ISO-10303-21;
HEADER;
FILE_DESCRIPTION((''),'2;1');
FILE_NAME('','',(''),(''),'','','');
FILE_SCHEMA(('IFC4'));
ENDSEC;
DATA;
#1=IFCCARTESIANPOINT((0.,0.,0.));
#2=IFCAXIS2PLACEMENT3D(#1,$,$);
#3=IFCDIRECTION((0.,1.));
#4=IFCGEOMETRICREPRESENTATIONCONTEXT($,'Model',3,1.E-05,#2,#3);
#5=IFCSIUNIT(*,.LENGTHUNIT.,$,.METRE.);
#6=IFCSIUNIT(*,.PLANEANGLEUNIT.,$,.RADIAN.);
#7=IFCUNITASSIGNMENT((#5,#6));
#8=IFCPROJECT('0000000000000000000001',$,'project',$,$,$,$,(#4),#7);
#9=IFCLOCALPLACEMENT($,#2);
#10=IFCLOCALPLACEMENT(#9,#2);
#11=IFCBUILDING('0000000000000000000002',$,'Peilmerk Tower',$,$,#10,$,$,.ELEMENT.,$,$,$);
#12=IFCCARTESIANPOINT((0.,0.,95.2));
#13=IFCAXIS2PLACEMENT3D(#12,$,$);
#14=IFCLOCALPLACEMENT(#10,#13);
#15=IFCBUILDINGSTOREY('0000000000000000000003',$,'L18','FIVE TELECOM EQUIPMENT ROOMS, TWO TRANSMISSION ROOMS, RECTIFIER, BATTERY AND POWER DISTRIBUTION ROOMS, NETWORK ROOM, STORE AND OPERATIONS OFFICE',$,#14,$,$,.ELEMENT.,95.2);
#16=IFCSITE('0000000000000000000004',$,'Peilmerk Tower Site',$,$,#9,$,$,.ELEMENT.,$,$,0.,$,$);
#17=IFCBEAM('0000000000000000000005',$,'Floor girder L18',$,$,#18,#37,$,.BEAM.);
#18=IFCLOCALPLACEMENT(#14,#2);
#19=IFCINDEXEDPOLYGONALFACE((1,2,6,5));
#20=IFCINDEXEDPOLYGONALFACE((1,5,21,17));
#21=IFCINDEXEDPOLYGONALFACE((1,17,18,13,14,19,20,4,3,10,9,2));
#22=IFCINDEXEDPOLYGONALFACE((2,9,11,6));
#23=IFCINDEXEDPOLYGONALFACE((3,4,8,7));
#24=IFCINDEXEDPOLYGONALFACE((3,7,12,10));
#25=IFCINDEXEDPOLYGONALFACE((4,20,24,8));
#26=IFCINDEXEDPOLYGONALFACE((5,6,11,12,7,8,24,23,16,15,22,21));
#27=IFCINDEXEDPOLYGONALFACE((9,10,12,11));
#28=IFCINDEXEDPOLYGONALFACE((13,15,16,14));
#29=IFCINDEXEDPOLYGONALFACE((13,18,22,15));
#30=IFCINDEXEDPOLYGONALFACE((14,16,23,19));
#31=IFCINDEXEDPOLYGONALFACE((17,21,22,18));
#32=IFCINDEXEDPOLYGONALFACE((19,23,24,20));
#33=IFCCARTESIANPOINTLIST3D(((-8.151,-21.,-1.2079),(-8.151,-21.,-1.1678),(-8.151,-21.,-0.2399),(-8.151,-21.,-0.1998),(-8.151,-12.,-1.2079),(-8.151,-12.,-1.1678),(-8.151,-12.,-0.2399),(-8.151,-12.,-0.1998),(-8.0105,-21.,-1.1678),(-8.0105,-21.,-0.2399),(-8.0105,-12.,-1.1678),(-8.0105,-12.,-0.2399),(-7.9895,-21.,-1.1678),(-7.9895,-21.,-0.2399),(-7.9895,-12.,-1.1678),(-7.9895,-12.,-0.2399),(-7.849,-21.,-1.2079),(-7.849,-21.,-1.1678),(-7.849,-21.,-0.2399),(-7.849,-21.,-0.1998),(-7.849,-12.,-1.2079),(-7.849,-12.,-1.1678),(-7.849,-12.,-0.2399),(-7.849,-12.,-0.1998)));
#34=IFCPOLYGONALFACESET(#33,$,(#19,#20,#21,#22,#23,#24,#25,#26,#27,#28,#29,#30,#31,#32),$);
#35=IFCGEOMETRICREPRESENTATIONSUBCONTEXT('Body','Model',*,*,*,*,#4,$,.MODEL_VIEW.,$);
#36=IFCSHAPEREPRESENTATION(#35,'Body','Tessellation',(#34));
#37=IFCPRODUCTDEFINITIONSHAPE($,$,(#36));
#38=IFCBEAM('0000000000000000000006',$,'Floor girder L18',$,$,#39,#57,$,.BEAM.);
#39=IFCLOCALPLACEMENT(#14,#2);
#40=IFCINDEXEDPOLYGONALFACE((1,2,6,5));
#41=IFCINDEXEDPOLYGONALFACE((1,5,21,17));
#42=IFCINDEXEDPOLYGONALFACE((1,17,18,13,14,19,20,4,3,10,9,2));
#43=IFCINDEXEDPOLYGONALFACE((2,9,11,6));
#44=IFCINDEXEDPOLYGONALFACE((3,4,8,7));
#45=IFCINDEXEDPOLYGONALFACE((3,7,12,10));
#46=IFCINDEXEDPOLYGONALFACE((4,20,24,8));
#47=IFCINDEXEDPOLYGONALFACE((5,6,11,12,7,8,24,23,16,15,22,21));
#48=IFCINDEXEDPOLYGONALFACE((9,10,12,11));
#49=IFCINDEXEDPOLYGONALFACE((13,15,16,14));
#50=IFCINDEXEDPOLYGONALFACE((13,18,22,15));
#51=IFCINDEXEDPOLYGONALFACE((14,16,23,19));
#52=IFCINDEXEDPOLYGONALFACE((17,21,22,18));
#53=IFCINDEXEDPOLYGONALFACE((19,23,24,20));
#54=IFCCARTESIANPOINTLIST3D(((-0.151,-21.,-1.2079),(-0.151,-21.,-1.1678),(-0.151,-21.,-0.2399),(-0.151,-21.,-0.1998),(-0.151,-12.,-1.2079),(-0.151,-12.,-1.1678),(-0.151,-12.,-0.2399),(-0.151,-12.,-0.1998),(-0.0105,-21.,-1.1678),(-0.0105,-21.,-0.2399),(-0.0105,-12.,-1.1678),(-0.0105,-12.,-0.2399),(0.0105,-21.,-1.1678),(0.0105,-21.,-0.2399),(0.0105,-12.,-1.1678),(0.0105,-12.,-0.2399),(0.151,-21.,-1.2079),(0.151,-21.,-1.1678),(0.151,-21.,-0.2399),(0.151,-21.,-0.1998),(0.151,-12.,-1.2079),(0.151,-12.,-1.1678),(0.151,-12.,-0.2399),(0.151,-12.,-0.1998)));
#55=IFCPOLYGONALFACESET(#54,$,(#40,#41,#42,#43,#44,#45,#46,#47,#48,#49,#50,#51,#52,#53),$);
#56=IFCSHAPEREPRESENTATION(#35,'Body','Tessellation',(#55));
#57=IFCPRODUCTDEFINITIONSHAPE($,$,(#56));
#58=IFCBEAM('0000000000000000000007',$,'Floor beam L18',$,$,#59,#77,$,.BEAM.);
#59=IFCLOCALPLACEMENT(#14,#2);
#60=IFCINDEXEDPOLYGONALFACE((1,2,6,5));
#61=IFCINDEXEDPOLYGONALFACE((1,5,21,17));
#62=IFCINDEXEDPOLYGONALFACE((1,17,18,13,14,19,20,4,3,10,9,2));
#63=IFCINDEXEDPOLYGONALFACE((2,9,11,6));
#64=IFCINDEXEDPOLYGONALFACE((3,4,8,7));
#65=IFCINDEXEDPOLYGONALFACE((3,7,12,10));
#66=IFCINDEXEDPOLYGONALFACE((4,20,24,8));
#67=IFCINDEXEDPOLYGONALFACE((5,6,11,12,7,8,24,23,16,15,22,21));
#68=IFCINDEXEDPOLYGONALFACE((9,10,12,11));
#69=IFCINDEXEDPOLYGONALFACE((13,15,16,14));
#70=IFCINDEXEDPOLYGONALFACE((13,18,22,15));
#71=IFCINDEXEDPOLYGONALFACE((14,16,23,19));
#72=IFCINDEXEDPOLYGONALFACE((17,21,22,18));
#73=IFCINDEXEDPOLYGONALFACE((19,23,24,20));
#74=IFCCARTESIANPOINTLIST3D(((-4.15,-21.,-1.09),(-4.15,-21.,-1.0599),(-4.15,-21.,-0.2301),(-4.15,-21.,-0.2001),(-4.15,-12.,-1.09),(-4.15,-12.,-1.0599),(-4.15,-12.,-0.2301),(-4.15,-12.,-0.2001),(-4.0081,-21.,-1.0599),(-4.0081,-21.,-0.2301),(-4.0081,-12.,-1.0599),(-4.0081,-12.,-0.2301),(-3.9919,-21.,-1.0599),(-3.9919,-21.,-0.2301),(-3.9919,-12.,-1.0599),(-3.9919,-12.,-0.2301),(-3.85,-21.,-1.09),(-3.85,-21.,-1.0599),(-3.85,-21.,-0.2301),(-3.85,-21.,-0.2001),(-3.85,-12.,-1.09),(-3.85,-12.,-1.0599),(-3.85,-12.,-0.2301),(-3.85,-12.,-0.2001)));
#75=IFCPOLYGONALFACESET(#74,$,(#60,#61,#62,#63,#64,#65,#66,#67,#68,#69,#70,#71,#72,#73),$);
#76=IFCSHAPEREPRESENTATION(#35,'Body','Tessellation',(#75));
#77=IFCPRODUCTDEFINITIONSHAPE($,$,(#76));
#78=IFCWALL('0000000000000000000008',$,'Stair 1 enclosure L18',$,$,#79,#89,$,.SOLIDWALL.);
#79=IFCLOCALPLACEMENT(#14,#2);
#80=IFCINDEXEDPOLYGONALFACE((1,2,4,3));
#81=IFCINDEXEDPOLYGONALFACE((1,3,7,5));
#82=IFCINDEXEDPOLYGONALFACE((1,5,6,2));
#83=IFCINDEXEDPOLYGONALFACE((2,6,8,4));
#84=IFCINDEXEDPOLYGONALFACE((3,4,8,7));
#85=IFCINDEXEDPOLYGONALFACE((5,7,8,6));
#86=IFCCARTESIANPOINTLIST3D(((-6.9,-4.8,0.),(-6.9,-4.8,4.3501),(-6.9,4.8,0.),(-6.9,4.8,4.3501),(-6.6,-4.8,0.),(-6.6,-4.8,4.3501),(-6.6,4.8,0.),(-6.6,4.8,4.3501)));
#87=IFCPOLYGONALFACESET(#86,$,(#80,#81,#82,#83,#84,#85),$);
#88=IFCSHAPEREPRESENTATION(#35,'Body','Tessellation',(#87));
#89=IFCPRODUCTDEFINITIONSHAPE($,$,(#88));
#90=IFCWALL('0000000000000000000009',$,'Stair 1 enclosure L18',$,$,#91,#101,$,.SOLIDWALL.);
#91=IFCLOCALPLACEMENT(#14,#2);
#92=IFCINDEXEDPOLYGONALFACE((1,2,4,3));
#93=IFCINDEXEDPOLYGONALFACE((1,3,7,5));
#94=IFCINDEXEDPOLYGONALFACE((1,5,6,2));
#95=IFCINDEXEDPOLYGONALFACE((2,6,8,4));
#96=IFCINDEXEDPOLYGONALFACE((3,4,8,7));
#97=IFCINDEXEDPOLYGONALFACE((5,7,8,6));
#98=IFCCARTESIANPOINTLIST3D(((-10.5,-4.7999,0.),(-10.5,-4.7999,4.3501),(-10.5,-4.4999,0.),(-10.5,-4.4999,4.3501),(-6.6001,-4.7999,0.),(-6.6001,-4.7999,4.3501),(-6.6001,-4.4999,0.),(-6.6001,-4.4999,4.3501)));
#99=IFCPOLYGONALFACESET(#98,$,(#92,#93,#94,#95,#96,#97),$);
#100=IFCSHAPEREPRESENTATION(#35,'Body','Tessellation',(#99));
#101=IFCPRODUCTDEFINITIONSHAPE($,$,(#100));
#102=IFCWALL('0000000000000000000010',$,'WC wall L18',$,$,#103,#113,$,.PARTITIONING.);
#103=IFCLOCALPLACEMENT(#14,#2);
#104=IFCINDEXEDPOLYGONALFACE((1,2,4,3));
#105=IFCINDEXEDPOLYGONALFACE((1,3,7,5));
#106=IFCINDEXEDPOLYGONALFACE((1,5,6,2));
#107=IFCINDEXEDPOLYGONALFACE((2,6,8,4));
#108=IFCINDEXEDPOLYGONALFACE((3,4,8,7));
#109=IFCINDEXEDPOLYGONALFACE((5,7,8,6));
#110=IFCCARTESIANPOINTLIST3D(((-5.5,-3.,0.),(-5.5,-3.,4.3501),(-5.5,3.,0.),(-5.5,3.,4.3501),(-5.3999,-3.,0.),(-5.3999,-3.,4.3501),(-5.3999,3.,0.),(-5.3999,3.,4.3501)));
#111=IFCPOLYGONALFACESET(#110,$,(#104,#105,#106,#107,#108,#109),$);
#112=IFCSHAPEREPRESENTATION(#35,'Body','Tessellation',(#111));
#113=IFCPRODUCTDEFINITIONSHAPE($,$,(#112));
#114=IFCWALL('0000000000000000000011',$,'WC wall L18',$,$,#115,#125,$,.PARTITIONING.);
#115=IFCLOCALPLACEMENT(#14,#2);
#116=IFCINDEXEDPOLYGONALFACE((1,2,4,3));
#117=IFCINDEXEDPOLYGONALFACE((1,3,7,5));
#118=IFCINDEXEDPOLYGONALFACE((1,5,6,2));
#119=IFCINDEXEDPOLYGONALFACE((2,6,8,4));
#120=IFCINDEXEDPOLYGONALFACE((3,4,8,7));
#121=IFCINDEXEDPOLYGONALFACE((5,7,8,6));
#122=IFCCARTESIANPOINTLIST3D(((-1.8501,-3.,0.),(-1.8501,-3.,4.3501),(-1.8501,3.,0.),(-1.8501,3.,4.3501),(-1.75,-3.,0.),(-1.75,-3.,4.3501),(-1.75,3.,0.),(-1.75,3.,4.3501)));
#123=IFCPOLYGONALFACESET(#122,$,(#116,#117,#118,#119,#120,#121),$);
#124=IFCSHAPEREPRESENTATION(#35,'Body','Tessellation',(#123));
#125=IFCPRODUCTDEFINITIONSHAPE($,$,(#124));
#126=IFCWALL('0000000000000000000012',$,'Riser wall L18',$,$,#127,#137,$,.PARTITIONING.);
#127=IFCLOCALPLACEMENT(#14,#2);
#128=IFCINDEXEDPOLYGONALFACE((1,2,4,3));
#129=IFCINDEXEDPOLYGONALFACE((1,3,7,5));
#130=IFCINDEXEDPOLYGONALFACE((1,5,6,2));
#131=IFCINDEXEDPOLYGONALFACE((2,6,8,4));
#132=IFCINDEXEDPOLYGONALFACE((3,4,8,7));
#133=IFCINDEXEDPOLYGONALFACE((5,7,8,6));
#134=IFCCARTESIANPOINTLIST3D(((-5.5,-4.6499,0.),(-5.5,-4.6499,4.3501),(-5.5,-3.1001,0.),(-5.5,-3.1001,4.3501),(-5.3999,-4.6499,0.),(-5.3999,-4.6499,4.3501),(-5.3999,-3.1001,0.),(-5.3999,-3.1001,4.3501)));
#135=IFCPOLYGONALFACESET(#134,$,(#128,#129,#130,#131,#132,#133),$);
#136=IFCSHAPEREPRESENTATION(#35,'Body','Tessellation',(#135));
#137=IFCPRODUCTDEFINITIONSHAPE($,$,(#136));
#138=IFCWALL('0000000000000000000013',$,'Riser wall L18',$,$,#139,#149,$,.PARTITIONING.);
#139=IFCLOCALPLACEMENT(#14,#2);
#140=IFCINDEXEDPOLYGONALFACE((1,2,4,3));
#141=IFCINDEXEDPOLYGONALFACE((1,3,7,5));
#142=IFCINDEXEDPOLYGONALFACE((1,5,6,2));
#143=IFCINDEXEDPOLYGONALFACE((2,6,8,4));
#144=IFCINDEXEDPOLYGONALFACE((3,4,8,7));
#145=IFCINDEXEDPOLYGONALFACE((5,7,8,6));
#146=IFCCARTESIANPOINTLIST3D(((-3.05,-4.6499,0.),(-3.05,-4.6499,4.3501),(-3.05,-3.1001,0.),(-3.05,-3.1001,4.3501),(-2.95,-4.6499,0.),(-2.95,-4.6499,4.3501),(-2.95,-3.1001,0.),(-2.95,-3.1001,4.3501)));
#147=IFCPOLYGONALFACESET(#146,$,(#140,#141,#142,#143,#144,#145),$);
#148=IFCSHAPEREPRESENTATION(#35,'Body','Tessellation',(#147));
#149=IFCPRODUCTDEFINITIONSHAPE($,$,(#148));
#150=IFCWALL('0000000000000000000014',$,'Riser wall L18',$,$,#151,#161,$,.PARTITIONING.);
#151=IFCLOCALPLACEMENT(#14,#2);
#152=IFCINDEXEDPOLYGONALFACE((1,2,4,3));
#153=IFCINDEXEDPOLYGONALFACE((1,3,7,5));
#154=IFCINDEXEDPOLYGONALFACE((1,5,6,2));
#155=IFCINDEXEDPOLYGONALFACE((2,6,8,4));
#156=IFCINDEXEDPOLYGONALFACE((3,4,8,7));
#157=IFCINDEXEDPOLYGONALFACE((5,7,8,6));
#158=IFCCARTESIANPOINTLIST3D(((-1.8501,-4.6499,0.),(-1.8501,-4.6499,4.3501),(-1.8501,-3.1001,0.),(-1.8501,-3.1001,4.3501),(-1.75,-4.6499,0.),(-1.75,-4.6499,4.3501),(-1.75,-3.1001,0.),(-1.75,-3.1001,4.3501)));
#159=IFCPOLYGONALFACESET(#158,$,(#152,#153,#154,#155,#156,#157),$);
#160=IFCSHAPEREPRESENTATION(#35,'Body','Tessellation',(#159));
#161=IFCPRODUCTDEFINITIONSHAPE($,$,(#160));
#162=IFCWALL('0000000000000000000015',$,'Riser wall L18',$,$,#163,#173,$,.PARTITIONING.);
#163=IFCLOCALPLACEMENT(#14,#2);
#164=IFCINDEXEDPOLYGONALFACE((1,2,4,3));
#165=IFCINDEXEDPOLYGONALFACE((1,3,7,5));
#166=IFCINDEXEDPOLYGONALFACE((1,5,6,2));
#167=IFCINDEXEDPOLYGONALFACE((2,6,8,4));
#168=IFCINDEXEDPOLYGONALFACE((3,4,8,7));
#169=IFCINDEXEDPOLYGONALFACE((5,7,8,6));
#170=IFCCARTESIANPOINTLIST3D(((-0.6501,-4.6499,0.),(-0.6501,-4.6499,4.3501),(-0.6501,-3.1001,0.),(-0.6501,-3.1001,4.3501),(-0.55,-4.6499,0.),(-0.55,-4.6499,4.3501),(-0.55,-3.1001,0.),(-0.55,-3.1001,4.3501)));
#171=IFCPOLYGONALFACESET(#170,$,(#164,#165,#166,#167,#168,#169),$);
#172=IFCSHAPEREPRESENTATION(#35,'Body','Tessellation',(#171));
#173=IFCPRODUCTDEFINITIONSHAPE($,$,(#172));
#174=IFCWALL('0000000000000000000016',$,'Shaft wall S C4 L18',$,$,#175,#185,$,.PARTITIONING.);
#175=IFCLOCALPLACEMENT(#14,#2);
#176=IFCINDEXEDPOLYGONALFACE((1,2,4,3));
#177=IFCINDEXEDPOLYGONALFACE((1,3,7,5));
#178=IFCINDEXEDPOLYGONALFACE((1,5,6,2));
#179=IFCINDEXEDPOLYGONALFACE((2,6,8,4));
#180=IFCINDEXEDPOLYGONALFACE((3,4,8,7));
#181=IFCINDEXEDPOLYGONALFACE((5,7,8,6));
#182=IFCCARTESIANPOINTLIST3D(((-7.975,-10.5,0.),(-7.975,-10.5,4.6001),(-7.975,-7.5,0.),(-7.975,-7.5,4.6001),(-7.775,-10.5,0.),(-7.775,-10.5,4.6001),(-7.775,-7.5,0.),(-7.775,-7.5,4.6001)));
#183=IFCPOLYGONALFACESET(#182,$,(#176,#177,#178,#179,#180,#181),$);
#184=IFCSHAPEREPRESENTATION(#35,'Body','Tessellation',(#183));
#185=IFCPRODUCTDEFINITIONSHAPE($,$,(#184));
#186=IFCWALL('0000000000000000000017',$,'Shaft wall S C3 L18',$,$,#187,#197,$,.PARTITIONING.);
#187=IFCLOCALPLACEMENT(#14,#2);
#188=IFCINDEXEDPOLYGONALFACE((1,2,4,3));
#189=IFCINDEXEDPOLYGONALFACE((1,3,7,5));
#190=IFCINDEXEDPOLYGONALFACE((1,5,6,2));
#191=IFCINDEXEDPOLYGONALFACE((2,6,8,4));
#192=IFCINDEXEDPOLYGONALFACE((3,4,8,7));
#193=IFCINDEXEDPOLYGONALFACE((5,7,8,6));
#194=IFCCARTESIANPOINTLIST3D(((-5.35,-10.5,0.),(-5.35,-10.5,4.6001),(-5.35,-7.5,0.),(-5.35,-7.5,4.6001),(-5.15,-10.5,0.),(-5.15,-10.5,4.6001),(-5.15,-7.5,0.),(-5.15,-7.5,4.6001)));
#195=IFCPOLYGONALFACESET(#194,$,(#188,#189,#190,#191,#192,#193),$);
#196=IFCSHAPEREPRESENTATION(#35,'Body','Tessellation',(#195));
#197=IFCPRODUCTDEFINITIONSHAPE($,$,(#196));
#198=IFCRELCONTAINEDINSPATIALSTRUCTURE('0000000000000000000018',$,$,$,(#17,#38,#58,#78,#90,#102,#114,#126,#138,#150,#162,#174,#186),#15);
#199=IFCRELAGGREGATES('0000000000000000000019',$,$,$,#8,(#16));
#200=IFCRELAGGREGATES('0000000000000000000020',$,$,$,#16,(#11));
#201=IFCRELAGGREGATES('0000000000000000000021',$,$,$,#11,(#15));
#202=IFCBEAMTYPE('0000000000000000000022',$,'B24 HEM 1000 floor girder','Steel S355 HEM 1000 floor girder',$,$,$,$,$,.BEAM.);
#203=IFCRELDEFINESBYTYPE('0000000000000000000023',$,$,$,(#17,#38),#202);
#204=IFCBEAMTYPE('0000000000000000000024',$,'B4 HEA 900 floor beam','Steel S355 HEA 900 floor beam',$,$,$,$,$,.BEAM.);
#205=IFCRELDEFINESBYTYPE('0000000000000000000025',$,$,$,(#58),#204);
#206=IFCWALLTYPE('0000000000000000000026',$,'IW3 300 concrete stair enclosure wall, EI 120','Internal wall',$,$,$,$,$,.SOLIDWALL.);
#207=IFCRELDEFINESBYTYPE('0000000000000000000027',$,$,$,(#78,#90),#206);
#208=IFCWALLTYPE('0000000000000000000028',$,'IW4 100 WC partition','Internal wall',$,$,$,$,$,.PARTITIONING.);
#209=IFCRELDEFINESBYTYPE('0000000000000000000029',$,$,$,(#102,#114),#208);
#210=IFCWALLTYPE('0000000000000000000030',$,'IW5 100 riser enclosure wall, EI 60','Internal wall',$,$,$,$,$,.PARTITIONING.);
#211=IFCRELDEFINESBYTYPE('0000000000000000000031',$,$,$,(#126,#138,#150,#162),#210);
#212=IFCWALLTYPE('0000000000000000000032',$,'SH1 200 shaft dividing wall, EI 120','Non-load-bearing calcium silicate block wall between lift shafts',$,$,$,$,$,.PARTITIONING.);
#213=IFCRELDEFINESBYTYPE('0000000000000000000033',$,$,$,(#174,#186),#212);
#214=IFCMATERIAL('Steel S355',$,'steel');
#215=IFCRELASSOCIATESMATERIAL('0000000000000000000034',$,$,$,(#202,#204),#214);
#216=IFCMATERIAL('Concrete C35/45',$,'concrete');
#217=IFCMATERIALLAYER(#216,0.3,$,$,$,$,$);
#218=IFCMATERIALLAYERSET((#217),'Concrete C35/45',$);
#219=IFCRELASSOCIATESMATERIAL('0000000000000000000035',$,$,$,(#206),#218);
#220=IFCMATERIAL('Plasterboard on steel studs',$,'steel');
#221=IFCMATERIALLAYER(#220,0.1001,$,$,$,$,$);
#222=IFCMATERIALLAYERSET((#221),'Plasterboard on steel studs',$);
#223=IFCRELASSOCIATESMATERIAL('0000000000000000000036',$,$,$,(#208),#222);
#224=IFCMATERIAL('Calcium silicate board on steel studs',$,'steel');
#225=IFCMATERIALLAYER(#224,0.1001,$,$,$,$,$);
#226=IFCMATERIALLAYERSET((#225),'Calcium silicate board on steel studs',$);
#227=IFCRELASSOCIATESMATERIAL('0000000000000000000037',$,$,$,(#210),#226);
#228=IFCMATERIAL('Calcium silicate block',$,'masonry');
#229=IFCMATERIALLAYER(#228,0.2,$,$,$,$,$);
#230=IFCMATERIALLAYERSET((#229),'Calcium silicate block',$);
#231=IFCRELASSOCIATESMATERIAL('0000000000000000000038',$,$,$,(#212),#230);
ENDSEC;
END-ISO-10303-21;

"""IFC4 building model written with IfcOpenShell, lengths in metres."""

from ifc_helpers import new_model, si_unit, direction, frame, frame_2d, origin, origin_2d, place, context, subcontext, project, spatial, rectangle, i_section, extrude, material, layer, layer_set, material_profile, profile_set, type_object, element, save


model = new_model("IFC4")

# Units and contexts
model_context = context("Model", 3, precision=1e-05, world=origin(), true_north=direction((0.0, 1.0)))
body_context = subcontext(model_context, "Body", "Model", "MODEL_VIEW")
ifc_project = project(units=[si_unit("LENGTHUNIT", "METRE"), si_unit("PLANEANGLEUNIT", "RADIAN")], contexts=[model_context])

# Site, building, storey
site_placement = place(None, origin())
site = spatial("IfcSite", under=ifc_project, at=site_placement, Name="Peilmerk Tower Site", CompositionType="ELEMENT", RefElevation=0.0)
building_placement = place(site_placement, origin())
building = spatial("IfcBuilding", under=site, at=building_placement, Name="Peilmerk Tower", CompositionType="ELEMENT")
storey_placement = place(building_placement, frame((0.0, 0.0, 95.2)))
storey = spatial("IfcBuildingStorey", under=building, at=storey_placement, Name="L18", Description="FIVE TELECOM EQUIPMENT ROOMS, TWO TRANSMISSION ROOMS, RECTIFIER, BATTERY AND POWER DISTRIBUTION ROOMS, NETWORK ROOM, STORE AND OPERATIONS OFFICE", CompositionType="ELEMENT", Elevation=95.2)

# Beams
ifc_material_1 = material(Name="Steel S355", Category="steel")
ifc_material_profile_1 = material_profile(ifc_material_1, i_section(OverallWidth=0.302, OverallDepth=1.0081, WebThickness=0.021, FlangeThickness=0.04, at=origin_2d()), Name="HEM 1000")
ifc_profile_set_1 = profile_set([ifc_material_profile_1], Name="Steel S355")
beam_type_1 = type_object("IfcBeamType", Name="B24 HEM 1000 floor girder", Description="Steel S355 HEM 1000 floor girder", PredefinedType="BEAM", material=ifc_profile_set_1)
for number, where, z_axis, x_axis, name in (
    (1, (-8.0, -12.0, -0.7039), (0.0, -1.0, 0.0), (1.0, 0.0, 0.0), "Floor girder L18"),
    (2, (0.0, -12.0, -0.7039), (0.0, -1.0, 0.0), (1.0, 0.0, 0.0), "Floor girder L18"),
):
    element("IfcBeam", number, at=place(storey_placement, frame(where, z_axis=z_axis, x_axis=x_axis)), inside=storey, type_object=beam_type_1, Name=name, PredefinedType="BEAM", context=body_context, shape_type="SweptSolid", body=[
        extrude(i_section(OverallWidth=0.302, OverallDepth=1.0081, WebThickness=0.021, FlangeThickness=0.04, at=origin_2d()), origin(), (0.0, 0.0, 1.0), 9.0),
    ])
ifc_material_profile_2 = material_profile(ifc_material_1, i_section(OverallWidth=0.3, OverallDepth=0.8899, WebThickness=0.0161, FlangeThickness=0.03, at=origin_2d()), Name="HEA 900")
ifc_profile_set_2 = profile_set([ifc_material_profile_2], Name="Steel S355")
beam_type_2 = type_object("IfcBeamType", Name="B4 HEA 900 floor beam", Description="Steel S355 HEA 900 floor beam", PredefinedType="BEAM", material=ifc_profile_set_2)
beam_placement = place(storey_placement, frame((-4.0, -12.0, -0.645), z_axis=(0.0, -1.0, 0.0), x_axis=(1.0, 0.0, 0.0)))
element("IfcBeam", 3, at=beam_placement, inside=storey, type_object=beam_type_2, Name="Floor beam L18", PredefinedType="BEAM", context=body_context, shape_type="SweptSolid", body=[
    extrude(i_section(OverallWidth=0.3, OverallDepth=0.8899, WebThickness=0.0161, FlangeThickness=0.03, at=origin_2d()), origin(), (0.0, 0.0, 1.0), 9.0),
])

# Walls
ifc_material_2 = material(Name="Concrete C35/45", Category="concrete")
ifc_layer_1 = layer(ifc_material_2, 0.3)
ifc_layer_set_1 = layer_set([ifc_layer_1], Name="Concrete C35/45")
wall_type_1 = type_object("IfcWallType", Name="IW3 300 concrete stair enclosure wall, EI 120", Description="Internal wall", PredefinedType="SOLIDWALL", material=ifc_layer_set_1)
wall_1_placement = place(storey_placement, frame((-6.75, -4.8, 0.0), z_axis=(0.0, 0.0, 1.0), x_axis=(0.0, 1.0, 0.0)))
element("IfcWall", 4, at=wall_1_placement, inside=storey, type_object=wall_type_1, Name="Stair 1 enclosure L18", PredefinedType="SOLIDWALL", context=body_context, shape_type="SweptSolid", body=[
    extrude(rectangle(XDim=9.6001, YDim=0.3, at=frame_2d((4.8, 0.0))), origin(), (0.0, 0.0, 1.0), 4.3501),
])
wall_2_placement = place(storey_placement, frame((-6.6001, -4.6499, 0.0), z_axis=(0.0, 0.0, 1.0), x_axis=(-1.0, 0.0, 0.0)))
element("IfcWall", 5, at=wall_2_placement, inside=storey, type_object=wall_type_1, Name="Stair 1 enclosure L18", PredefinedType="SOLIDWALL", context=body_context, shape_type="SweptSolid", body=[
    extrude(rectangle(XDim=3.8999, YDim=0.3, at=frame_2d((1.95, 0.0))), origin(), (0.0, 0.0, 1.0), 4.3501),
])
ifc_material_3 = material(Name="Plasterboard on steel studs", Category="steel")
ifc_layer_2 = layer(ifc_material_3, 0.1001)
ifc_layer_set_2 = layer_set([ifc_layer_2], Name="Plasterboard on steel studs")
wall_type_2 = type_object("IfcWallType", Name="IW4 100 WC partition", Description="Internal wall", PredefinedType="PARTITIONING", material=ifc_layer_set_2)
for number, where, z_axis, x_axis, name in (
    (6, (-5.45, -3.0, 0.0), (0.0, 0.0, 1.0), (0.0, 1.0, 0.0), "WC wall L18"),
    (7, (-1.8, -3.0, 0.0), (0.0, 0.0, 1.0), (0.0, 1.0, 0.0), "WC wall L18"),
):
    element("IfcWall", number, at=place(storey_placement, frame(where, z_axis=z_axis, x_axis=x_axis)), inside=storey, type_object=wall_type_2, Name=name, PredefinedType="PARTITIONING", context=body_context, shape_type="SweptSolid", body=[
        extrude(rectangle(XDim=6.0, YDim=0.1001, at=frame_2d((3.0, 0.0))), origin(), (0.0, 0.0, 1.0), 4.3501),
    ])
ifc_material_4 = material(Name="Calcium silicate board on steel studs", Category="steel")
ifc_layer_3 = layer(ifc_material_4, 0.1001)
ifc_layer_set_3 = layer_set([ifc_layer_3], Name="Calcium silicate board on steel studs")
wall_type_3 = type_object("IfcWallType", Name="IW5 100 riser enclosure wall, EI 60", Description="Internal wall", PredefinedType="PARTITIONING", material=ifc_layer_set_3)
for number, where, z_axis, x_axis, name in (
    (8, (-5.45, -3.1001, 0.0), (0.0, 0.0, 1.0), (0.0, -1.0, 0.0), "Riser wall L18"),
    (9, (-3.0, -3.1001, 0.0), (0.0, 0.0, 1.0), (0.0, -1.0, 0.0), "Riser wall L18"),
    (10, (-1.8, -3.1001, 0.0), (0.0, 0.0, 1.0), (0.0, -1.0, 0.0), "Riser wall L18"),
    (11, (-0.6001, -3.1001, 0.0), (0.0, 0.0, 1.0), (0.0, -1.0, 0.0), "Riser wall L18"),
):
    element("IfcWall", number, at=place(storey_placement, frame(where, z_axis=z_axis, x_axis=x_axis)), inside=storey, type_object=wall_type_3, Name=name, PredefinedType="PARTITIONING", context=body_context, shape_type="SweptSolid", body=[
        extrude(rectangle(XDim=1.5498, YDim=0.1001, at=frame_2d((0.7749, 0.0))), origin(), (0.0, 0.0, 1.0), 4.3501),
    ])
ifc_material_5 = material(Name="Calcium silicate block", Category="masonry")
ifc_layer_4 = layer(ifc_material_5, 0.2)
ifc_layer_set_4 = layer_set([ifc_layer_4], Name="Calcium silicate block")
wall_type_4 = type_object("IfcWallType", Name="SH1 200 shaft dividing wall, EI 120", Description="Non-load-bearing calcium silicate block wall between lift shafts", PredefinedType="PARTITIONING", material=ifc_layer_set_4)
for number, where, z_axis, x_axis, name in (
    (12, (-7.875, -10.5, 0.0), (0.0, 0.0, 1.0), (0.0, 1.0, 0.0), "Shaft wall S C4 L18"),
    (13, (-5.25, -10.5, 0.0), (0.0, 0.0, 1.0), (0.0, 1.0, 0.0), "Shaft wall S C3 L18"),
):
    element("IfcWall", number, at=place(storey_placement, frame(where, z_axis=z_axis, x_axis=x_axis)), inside=storey, type_object=wall_type_4, Name=name, PredefinedType="PARTITIONING", context=body_context, shape_type="SweptSolid", body=[
        extrude(rectangle(XDim=3.0, YDim=0.2, at=frame_2d((1.5, 0.0))), origin(), (0.0, 0.0, 1.0), 4.6001),
    ])

save(model, "model.ifc")
